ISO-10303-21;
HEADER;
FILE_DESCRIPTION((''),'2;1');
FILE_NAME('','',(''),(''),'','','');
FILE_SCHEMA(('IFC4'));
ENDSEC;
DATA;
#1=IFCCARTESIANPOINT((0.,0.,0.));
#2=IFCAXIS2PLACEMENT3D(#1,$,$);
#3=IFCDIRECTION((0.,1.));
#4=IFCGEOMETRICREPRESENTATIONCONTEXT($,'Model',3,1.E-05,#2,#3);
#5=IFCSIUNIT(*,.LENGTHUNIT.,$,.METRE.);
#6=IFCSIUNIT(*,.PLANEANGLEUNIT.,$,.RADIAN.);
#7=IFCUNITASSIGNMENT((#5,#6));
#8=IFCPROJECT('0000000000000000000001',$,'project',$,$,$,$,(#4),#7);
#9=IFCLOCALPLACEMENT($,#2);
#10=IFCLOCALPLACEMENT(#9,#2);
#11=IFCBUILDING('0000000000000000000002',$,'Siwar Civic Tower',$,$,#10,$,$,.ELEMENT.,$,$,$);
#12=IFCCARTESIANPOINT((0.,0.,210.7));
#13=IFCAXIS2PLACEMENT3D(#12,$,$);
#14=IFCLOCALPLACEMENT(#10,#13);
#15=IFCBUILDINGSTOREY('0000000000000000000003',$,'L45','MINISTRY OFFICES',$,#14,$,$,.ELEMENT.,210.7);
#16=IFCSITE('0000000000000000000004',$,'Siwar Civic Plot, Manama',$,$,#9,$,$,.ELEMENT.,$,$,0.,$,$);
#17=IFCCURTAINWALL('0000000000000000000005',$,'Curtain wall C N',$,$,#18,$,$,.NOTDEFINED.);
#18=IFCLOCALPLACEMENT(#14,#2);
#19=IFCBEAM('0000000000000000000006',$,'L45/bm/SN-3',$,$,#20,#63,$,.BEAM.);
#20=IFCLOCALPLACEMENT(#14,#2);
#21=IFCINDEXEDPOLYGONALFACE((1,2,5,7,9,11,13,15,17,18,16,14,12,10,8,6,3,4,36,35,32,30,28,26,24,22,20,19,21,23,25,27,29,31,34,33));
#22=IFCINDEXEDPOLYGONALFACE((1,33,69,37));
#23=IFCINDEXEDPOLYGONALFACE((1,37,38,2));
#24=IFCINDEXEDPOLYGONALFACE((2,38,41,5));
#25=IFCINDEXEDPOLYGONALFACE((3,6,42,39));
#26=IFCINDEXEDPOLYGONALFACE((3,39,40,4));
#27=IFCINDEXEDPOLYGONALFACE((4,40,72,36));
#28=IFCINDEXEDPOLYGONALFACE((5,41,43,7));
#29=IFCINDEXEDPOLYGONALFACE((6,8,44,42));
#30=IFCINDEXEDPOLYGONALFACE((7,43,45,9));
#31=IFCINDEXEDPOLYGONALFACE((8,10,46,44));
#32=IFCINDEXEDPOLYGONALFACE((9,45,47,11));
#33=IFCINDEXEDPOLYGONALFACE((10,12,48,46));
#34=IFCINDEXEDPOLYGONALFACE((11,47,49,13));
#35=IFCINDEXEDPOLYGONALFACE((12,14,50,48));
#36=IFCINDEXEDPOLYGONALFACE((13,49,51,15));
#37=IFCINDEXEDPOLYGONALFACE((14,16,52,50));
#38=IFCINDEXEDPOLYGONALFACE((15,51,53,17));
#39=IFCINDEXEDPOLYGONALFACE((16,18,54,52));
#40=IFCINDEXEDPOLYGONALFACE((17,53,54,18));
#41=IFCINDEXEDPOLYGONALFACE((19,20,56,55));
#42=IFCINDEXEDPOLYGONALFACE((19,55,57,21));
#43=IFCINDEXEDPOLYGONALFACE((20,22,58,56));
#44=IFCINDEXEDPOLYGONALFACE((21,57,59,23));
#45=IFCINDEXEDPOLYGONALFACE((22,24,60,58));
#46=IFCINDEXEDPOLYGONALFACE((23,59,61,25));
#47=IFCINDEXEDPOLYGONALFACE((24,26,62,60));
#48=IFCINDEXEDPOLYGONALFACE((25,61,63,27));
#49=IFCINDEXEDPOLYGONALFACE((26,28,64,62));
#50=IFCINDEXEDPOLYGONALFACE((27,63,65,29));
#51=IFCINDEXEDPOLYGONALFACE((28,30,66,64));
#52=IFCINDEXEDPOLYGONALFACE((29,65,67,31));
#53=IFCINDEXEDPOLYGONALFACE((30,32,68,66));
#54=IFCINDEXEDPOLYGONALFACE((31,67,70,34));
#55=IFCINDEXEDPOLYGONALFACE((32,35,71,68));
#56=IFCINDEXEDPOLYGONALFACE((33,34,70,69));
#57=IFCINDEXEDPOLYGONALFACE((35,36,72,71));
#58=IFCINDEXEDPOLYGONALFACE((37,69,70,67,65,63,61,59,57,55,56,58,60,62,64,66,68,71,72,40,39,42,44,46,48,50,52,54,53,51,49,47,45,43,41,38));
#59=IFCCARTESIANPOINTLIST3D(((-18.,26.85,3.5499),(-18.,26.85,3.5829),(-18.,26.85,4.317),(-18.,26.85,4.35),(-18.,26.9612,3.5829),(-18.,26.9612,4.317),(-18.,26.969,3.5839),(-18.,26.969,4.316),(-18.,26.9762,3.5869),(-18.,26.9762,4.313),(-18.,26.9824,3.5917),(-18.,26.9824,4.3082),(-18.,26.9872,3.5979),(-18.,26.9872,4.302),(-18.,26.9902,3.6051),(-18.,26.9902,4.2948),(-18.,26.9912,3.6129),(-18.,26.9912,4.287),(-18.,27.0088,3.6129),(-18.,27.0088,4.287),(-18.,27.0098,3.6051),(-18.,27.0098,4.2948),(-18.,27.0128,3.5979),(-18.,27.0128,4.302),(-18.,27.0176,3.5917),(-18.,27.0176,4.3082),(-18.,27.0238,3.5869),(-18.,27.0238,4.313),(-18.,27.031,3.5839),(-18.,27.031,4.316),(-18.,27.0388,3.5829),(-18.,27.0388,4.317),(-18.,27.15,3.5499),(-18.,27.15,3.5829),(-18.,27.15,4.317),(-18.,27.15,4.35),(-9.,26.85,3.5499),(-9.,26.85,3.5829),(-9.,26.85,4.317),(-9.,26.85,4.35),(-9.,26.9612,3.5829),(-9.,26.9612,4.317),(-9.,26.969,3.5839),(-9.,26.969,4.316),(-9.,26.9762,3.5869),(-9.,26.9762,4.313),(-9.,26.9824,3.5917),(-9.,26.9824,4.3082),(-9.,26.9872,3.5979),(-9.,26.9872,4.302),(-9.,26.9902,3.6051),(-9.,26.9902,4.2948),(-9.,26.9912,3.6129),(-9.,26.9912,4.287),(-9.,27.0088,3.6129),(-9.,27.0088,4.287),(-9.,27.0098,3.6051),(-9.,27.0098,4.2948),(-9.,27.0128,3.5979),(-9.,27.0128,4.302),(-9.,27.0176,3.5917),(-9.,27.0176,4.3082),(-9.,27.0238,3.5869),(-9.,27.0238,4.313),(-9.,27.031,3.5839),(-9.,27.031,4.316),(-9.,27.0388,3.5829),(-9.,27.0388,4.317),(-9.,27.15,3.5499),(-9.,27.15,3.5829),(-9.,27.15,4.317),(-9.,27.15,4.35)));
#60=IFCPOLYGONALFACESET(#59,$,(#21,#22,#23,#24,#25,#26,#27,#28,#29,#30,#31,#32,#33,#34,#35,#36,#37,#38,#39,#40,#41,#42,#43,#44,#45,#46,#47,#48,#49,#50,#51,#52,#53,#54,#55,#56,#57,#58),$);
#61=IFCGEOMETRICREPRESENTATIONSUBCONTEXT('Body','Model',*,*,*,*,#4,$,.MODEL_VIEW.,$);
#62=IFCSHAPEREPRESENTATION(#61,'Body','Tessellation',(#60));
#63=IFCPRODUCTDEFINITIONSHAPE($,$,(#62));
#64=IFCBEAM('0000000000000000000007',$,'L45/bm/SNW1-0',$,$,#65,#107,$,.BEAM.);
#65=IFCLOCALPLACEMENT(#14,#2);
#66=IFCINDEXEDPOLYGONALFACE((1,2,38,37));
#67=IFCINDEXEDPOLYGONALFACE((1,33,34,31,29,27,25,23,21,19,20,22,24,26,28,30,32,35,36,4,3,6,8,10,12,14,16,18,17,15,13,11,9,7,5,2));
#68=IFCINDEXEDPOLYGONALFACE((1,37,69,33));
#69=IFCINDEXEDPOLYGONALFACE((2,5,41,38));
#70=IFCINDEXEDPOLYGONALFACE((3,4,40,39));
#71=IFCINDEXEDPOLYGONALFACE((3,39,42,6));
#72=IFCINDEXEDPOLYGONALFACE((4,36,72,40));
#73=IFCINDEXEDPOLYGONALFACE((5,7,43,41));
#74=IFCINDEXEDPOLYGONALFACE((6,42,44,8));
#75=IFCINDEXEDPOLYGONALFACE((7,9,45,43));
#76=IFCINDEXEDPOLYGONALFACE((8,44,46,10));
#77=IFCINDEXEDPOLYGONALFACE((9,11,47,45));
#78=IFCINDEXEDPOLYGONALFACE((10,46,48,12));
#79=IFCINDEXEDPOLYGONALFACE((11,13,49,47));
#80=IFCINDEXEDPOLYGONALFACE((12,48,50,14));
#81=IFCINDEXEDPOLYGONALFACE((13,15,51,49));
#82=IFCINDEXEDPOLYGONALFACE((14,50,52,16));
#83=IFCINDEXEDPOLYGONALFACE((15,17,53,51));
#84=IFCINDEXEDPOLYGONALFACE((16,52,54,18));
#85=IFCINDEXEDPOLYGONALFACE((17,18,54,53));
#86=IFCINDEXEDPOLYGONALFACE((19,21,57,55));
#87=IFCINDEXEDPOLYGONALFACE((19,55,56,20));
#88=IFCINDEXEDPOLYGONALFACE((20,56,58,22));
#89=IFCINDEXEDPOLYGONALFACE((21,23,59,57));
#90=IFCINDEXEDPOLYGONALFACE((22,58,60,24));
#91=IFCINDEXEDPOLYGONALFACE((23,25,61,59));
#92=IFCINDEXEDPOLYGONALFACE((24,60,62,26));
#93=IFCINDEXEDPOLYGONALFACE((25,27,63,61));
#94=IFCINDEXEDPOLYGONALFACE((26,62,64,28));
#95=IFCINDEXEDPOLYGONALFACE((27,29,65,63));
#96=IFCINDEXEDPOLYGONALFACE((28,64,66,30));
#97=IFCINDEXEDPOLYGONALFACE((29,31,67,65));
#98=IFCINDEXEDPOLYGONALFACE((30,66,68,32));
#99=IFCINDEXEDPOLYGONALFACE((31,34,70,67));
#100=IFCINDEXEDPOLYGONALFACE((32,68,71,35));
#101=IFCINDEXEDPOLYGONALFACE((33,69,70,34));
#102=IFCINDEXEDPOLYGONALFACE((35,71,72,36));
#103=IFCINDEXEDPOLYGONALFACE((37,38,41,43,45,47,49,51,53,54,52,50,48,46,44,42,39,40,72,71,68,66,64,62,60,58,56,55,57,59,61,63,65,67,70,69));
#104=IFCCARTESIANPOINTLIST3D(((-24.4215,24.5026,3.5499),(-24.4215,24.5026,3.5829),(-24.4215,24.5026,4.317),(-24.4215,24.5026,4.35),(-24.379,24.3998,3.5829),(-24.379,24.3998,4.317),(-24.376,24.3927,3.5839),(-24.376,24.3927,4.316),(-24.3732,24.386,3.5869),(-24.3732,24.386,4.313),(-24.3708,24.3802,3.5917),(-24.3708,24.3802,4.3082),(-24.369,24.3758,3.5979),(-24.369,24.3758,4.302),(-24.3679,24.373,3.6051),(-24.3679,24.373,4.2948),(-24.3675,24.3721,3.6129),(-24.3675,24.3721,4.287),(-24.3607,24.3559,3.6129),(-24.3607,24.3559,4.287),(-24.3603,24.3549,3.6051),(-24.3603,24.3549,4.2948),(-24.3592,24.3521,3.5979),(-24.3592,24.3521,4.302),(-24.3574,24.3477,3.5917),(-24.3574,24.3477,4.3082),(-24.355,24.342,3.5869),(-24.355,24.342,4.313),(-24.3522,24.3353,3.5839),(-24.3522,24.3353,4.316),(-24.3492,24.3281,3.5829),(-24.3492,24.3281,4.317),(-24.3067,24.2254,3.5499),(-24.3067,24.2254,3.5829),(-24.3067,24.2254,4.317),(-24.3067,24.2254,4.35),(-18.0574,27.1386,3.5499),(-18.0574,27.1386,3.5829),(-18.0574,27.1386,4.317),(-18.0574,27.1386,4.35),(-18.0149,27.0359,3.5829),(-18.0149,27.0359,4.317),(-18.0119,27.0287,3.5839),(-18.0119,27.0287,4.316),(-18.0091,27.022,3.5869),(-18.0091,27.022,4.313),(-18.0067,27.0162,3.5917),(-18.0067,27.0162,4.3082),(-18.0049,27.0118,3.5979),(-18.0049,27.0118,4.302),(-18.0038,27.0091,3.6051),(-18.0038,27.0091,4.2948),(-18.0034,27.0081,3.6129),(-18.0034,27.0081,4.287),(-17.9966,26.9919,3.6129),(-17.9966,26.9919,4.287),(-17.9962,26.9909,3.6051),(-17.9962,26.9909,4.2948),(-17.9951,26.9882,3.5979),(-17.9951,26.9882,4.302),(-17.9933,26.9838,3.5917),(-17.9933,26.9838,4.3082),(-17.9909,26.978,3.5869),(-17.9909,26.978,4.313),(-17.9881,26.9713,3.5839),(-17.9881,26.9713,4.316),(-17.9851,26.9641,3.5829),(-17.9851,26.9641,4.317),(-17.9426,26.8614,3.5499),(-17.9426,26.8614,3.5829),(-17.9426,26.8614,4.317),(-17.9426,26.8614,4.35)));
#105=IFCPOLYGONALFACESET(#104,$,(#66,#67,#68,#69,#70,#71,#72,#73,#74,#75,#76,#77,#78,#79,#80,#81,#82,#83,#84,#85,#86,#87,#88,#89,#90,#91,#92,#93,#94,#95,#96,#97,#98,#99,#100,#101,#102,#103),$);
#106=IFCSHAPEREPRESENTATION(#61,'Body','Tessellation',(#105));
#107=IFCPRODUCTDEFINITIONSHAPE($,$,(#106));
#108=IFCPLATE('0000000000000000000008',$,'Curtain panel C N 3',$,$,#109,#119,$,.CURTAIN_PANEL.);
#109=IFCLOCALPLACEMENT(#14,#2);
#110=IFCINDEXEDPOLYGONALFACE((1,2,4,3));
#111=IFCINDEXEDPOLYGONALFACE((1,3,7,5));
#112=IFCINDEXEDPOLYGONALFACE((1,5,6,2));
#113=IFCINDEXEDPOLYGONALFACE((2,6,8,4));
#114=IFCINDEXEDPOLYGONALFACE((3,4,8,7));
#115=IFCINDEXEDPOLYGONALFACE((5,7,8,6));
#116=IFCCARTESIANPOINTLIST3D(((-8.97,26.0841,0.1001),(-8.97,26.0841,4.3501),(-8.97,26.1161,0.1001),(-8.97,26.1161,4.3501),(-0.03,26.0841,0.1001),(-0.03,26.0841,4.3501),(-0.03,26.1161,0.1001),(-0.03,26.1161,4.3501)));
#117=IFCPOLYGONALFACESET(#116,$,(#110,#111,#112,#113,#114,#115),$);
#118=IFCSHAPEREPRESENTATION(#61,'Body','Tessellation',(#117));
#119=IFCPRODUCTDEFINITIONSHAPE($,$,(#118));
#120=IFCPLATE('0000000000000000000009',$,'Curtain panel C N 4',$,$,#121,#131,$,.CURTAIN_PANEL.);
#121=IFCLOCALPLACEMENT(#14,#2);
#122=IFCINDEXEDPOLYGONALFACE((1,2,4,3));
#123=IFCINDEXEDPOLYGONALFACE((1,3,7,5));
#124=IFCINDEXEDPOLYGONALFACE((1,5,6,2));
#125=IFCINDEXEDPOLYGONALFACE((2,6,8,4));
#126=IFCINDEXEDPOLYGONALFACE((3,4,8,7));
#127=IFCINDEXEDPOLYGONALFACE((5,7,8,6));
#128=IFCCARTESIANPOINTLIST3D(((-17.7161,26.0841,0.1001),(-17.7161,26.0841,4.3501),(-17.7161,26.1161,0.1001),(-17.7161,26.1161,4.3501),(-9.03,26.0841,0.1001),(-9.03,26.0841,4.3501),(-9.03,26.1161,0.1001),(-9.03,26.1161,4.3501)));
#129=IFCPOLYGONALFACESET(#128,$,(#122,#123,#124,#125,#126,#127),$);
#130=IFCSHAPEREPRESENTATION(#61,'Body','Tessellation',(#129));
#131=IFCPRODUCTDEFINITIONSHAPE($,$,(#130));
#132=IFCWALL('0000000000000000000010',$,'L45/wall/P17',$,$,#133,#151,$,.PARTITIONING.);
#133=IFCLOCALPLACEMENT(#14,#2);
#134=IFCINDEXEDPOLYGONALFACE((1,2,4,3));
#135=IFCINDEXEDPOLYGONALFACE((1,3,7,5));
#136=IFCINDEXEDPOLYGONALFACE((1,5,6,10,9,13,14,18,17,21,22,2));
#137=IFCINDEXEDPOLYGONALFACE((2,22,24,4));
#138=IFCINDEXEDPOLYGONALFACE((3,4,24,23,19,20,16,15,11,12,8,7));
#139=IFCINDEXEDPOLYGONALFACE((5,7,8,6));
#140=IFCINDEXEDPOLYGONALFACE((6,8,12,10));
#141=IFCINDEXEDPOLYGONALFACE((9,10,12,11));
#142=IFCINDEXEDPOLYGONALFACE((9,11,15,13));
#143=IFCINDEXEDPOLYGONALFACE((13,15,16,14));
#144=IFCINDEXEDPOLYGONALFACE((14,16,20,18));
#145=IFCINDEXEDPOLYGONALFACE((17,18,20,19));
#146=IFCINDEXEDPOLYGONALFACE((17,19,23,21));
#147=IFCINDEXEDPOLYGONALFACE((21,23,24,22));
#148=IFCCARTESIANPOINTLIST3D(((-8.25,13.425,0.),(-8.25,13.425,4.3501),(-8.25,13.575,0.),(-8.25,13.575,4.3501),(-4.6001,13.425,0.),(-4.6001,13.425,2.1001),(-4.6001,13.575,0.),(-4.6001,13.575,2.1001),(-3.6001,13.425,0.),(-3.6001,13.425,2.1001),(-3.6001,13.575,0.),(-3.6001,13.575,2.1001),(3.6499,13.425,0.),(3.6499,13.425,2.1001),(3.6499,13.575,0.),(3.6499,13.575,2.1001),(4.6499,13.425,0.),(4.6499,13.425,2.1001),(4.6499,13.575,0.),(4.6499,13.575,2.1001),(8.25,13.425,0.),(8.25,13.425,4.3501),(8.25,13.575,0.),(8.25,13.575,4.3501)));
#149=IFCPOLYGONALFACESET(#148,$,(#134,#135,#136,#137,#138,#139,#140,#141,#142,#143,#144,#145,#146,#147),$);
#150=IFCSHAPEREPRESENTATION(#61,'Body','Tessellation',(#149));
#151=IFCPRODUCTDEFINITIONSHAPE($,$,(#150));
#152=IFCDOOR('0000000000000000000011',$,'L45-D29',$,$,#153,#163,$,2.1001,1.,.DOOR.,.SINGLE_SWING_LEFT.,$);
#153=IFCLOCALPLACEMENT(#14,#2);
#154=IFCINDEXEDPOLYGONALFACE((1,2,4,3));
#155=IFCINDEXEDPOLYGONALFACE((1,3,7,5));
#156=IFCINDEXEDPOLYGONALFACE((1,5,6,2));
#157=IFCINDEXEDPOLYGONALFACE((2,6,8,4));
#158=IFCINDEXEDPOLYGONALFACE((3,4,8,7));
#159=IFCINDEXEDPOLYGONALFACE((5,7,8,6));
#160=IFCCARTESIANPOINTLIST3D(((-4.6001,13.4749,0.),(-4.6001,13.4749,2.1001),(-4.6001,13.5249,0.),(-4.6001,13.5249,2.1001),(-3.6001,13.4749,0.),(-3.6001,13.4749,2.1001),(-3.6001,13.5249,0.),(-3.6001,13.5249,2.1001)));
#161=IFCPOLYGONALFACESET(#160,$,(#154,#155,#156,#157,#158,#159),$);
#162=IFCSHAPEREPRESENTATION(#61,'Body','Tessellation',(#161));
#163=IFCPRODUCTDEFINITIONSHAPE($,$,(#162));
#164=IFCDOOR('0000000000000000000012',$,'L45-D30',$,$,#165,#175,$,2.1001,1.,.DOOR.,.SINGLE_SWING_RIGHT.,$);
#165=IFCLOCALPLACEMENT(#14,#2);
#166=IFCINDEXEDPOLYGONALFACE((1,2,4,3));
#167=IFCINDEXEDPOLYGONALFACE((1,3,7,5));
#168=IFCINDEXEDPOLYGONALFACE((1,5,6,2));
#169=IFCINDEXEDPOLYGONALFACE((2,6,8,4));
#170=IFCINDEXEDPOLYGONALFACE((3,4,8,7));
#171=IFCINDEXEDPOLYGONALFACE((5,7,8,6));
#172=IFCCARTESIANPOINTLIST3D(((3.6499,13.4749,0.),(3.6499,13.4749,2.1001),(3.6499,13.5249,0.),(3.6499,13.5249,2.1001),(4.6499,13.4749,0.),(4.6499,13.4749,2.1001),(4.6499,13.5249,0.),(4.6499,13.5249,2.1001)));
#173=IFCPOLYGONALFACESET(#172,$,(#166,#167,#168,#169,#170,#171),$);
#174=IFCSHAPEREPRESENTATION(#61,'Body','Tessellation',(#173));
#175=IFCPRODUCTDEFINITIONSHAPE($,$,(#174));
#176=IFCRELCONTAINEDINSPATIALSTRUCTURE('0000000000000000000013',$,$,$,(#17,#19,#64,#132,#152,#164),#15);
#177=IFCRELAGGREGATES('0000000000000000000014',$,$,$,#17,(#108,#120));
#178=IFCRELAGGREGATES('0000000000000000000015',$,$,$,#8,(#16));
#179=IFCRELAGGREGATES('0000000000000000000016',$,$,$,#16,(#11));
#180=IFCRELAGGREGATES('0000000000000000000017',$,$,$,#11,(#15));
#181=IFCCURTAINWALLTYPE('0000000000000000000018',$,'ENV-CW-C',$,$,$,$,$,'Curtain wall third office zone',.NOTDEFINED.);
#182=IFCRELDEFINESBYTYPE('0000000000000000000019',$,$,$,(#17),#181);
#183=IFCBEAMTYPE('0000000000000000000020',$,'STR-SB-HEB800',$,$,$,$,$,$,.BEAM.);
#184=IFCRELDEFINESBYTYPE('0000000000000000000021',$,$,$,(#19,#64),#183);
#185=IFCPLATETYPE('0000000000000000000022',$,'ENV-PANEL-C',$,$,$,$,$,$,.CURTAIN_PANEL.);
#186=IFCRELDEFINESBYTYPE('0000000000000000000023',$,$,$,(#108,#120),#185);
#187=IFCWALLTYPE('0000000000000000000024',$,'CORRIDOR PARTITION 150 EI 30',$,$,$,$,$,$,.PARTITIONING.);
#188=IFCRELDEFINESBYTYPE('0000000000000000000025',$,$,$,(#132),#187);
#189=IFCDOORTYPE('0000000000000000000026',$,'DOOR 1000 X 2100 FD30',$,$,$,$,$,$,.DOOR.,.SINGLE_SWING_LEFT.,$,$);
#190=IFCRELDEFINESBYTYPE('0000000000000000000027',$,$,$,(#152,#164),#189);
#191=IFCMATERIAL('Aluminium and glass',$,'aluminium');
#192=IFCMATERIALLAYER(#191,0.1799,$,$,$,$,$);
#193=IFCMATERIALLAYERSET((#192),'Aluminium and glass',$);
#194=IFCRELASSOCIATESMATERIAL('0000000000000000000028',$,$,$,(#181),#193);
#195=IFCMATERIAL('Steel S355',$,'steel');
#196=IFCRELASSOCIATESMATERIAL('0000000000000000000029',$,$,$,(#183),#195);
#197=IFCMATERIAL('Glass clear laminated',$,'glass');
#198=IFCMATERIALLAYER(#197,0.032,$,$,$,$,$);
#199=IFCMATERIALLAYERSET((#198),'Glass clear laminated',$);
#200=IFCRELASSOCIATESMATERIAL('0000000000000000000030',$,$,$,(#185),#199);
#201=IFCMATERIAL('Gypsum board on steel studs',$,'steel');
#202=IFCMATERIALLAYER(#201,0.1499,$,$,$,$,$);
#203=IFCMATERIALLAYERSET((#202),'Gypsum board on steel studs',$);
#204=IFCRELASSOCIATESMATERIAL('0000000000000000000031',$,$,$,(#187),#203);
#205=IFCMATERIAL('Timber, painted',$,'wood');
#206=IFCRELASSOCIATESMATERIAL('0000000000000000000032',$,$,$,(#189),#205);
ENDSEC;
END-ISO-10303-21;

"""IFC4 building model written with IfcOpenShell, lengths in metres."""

from ifc_helpers import new_model, si_unit, direction, frame, frame_2d, origin, origin_2d, place, context, subcontext, project, spatial, rectangle, i_section, extrude, material, layer, layer_set, material_profile, profile_set, type_object, element, fill, aggregate, save


model = new_model("IFC4")

# Units and contexts
model_context = context("Model", 3, precision=1e-05, world=origin(), true_north=direction((0.0, 1.0)))
body_context = subcontext(model_context, "Body", "Model", "MODEL_VIEW")
ifc_project = project(units=[si_unit("LENGTHUNIT", "METRE"), si_unit("PLANEANGLEUNIT", "RADIAN")], contexts=[model_context])

# Site, building, storey
site_placement = place(None, origin())
site = spatial("IfcSite", under=ifc_project, at=site_placement, Name="Siwar Civic Plot, Manama", CompositionType="ELEMENT", RefElevation=0.0)
building_placement = place(site_placement, origin())
building = spatial("IfcBuilding", under=site, at=building_placement, Name="Siwar Civic Tower", CompositionType="ELEMENT")
storey_placement = place(building_placement, frame((0.0, 0.0, 210.7)))
storey = spatial("IfcBuildingStorey", under=building, at=storey_placement, Name="L45", Description="MINISTRY OFFICES", CompositionType="ELEMENT", Elevation=210.7)

# Curtain wall
ifc_material_1 = material(Name="Aluminium and glass", Category="aluminium")
ifc_layer_1 = layer(ifc_material_1, 0.1799)
ifc_layer_set_1 = layer_set([ifc_layer_1], Name="Aluminium and glass")
curtain_wall_type_1 = type_object("IfcCurtainWallType", Name="ENV-CW-C", ElementType="Curtain wall third office zone", PredefinedType="NOTDEFINED", material=ifc_layer_set_1)
curtain_wall_1_placement = place(storey_placement, origin())
curtain_wall_1 = element("IfcCurtainWall", 1, at=curtain_wall_1_placement, inside=storey, type_object=curtain_wall_type_1, Name="Curtain wall C N", PredefinedType="NOTDEFINED")

# Beams
ifc_material_2 = material(Name="Steel S355", Category="steel")
ifc_material_profile_1 = material_profile(ifc_material_2, i_section(OverallWidth=0.3, OverallDepth=0.8, WebThickness=0.0176, FlangeThickness=0.033, FilletRadius=0.03, at=origin_2d()), Name="HEB800")
ifc_profile_set_1 = profile_set([ifc_material_profile_1], Name="Steel S355")
beam_type_1 = type_object("IfcBeamType", Name="STR-SB-HEB800", PredefinedType="BEAM", material=ifc_profile_set_1)
for number, where, z_axis, x_axis, name in (
    (2, (-9.0, 27.0, 3.95), (-1.0, 0.0, 0.0), (0.0, -1.0, 0.0), "L45/bm/SN-3"),
):
    element("IfcBeam", number, at=place(storey_placement, frame(where, z_axis=z_axis, x_axis=x_axis)), inside=storey, type_object=beam_type_1, Name=name, PredefinedType="BEAM", context=body_context, shape_type="SweptSolid", body=[
        extrude(i_section(OverallWidth=0.3, OverallDepth=0.8, WebThickness=0.0176, FlangeThickness=0.033, FilletRadius=0.03, at=origin_2d()), origin(), (0.0, 0.0, 1.0), 9.0),
    ])
beam_placement = place(storey_placement, frame((-18.0, 27.0, 3.95), z_axis=(-0.923883, -0.382674, 0.0), x_axis=(0.382674, -0.923883, 0.0)))
element("IfcBeam", 3, at=beam_placement, inside=storey, type_object=beam_type_1, Name="L45/bm/SNW1-0", PredefinedType="BEAM", context=body_context, shape_type="SweptSolid", body=[
    extrude(i_section(OverallWidth=0.3, OverallDepth=0.8, WebThickness=0.0176, FlangeThickness=0.033, FilletRadius=0.03, at=origin_2d()), origin(), (0.0, 0.0, 1.0), 6.8884),
])

# Plates
ifc_material_3 = material(Name="Glass clear laminated", Category="glass")
ifc_layer_2 = layer(ifc_material_3, 0.032)
ifc_layer_set_2 = layer_set([ifc_layer_2], Name="Glass clear laminated")
plate_type = type_object("IfcPlateType", Name="ENV-PANEL-C", PredefinedType="CURTAIN_PANEL", material=ifc_layer_set_2)
plate_1_placement = place(storey_placement, frame((-4.5, 26.1001, 0.1001), z_axis=(0.0, 0.0, 1.0), x_axis=(-1.0, 0.0, 0.0)))
plate_1 = element("IfcPlate", 4, at=plate_1_placement, type_object=plate_type, Name="Curtain panel C N 3", PredefinedType="CURTAIN_PANEL", context=body_context, shape_type="SweptSolid", body=[
    extrude(rectangle(XDim=8.9399, YDim=0.032, at=origin_2d()), origin(), (0.0, 0.0, 1.0), 4.25),
])
plate_2_placement = place(storey_placement, frame((-13.373, 26.1001, 0.1001), z_axis=(0.0, 0.0, 1.0), x_axis=(-1.0, 0.0, 0.0)))
plate_2 = element("IfcPlate", 5, at=plate_2_placement, type_object=plate_type, Name="Curtain panel C N 4", PredefinedType="CURTAIN_PANEL", context=body_context, shape_type="SweptSolid", body=[
    extrude(rectangle(XDim=8.686, YDim=0.032, at=origin_2d()), origin(), (0.0, 0.0, 1.0), 4.25),
])
aggregate(curtain_wall_1, [plate_1, plate_2])

# Wall, openings, doors
ifc_material_4 = material(Name="Gypsum board on steel studs", Category="steel")
ifc_layer_3 = layer(ifc_material_4, 0.1499)
ifc_layer_set_3 = layer_set([ifc_layer_3], Name="Gypsum board on steel studs")
wall_type_1 = type_object("IfcWallType", Name="CORRIDOR PARTITION 150 EI 30", PredefinedType="PARTITIONING", material=ifc_layer_set_3)
wall_1_placement = place(storey_placement, frame((-8.25, 13.5, 0.0), z_axis=(0.0, 0.0, 1.0), x_axis=(1.0, 0.0, 0.0)))
wall_1 = element("IfcWall", 6, at=wall_1_placement, inside=storey, type_object=wall_type_1, Name="L45/wall/P17", PredefinedType="PARTITIONING", context=body_context, shape_type="SweptSolid", body=[
    extrude(rectangle(XDim=16.5, YDim=0.1499, at=frame_2d((8.25, 0.0))), origin(), (0.0, 0.0, 1.0), 4.3501),
])
opening_1_placement = place(wall_1_placement, frame((3.6499, 0.0, 0.0)))
opening_1 = element("IfcOpeningElement", 7, at=opening_1_placement, cuts=wall_1, PredefinedType="OPENING", context=body_context, shape_type="SweptSolid", body=[
    extrude(rectangle(XDim=1.0, YDim=2.1001, at=frame_2d((0.5, 1.05))), frame((0.0, 0.085, 0.0), z_axis=(0.0, -1.0, 0.0), x_axis=(1.0, 0.0, 0.0)), (0.0, 0.0, 1.0), 0.1699),
])
opening_2_placement = place(wall_1_placement, frame((11.8999, 0.0, 0.0)))
opening_2 = element("IfcOpeningElement", 8, at=opening_2_placement, cuts=wall_1, PredefinedType="OPENING", context=body_context, shape_type="SweptSolid", body=[
    extrude(rectangle(XDim=1.0, YDim=2.1001, at=frame_2d((0.5, 1.05))), frame((0.0, 0.085, 0.0), z_axis=(0.0, -1.0, 0.0), x_axis=(1.0, 0.0, 0.0)), (0.0, 0.0, 1.0), 0.1699),
])
ifc_material_5 = material(Name="Timber, painted", Category="wood")
door_type_1 = type_object("IfcDoorType", Name="DOOR 1000 X 2100 FD30", OperationType="SINGLE_SWING_LEFT", PredefinedType="DOOR", material=ifc_material_5)
door_1_placement = place(opening_1_placement, origin())
door_1 = element("IfcDoor", 9, at=door_1_placement, inside=storey, type_object=door_type_1, Name="L45-D29", OperationType="SINGLE_SWING_LEFT", OverallHeight=2.1001, OverallWidth=1.0, PredefinedType="DOOR", context=body_context, shape_type="SweptSolid", body=[
    extrude(rectangle(XDim=1.0, YDim=2.1001, at=frame_2d((0.5, 1.05))), frame((0.0, 0.0249, 0.0), z_axis=(0.0, -1.0, 0.0), x_axis=(1.0, 0.0, 0.0)), (0.0, 0.0, 1.0), 0.05),
])
fill(opening_1, door_1)
door_2_placement = place(opening_2_placement, origin())
door_2 = element("IfcDoor", 10, at=door_2_placement, inside=storey, type_object=door_type_1, Name="L45-D30", OperationType="SINGLE_SWING_RIGHT", OverallHeight=2.1001, OverallWidth=1.0, PredefinedType="DOOR", context=body_context, shape_type="SweptSolid", body=[
    extrude(rectangle(XDim=1.0, YDim=2.1001, at=frame_2d((0.5, 1.05))), frame((0.0, 0.0249, 0.0), z_axis=(0.0, -1.0, 0.0), x_axis=(1.0, 0.0, 0.0)), (0.0, 0.0, 1.0), 0.05),
])
fill(opening_2, door_2)

save(model, "model.ifc")
